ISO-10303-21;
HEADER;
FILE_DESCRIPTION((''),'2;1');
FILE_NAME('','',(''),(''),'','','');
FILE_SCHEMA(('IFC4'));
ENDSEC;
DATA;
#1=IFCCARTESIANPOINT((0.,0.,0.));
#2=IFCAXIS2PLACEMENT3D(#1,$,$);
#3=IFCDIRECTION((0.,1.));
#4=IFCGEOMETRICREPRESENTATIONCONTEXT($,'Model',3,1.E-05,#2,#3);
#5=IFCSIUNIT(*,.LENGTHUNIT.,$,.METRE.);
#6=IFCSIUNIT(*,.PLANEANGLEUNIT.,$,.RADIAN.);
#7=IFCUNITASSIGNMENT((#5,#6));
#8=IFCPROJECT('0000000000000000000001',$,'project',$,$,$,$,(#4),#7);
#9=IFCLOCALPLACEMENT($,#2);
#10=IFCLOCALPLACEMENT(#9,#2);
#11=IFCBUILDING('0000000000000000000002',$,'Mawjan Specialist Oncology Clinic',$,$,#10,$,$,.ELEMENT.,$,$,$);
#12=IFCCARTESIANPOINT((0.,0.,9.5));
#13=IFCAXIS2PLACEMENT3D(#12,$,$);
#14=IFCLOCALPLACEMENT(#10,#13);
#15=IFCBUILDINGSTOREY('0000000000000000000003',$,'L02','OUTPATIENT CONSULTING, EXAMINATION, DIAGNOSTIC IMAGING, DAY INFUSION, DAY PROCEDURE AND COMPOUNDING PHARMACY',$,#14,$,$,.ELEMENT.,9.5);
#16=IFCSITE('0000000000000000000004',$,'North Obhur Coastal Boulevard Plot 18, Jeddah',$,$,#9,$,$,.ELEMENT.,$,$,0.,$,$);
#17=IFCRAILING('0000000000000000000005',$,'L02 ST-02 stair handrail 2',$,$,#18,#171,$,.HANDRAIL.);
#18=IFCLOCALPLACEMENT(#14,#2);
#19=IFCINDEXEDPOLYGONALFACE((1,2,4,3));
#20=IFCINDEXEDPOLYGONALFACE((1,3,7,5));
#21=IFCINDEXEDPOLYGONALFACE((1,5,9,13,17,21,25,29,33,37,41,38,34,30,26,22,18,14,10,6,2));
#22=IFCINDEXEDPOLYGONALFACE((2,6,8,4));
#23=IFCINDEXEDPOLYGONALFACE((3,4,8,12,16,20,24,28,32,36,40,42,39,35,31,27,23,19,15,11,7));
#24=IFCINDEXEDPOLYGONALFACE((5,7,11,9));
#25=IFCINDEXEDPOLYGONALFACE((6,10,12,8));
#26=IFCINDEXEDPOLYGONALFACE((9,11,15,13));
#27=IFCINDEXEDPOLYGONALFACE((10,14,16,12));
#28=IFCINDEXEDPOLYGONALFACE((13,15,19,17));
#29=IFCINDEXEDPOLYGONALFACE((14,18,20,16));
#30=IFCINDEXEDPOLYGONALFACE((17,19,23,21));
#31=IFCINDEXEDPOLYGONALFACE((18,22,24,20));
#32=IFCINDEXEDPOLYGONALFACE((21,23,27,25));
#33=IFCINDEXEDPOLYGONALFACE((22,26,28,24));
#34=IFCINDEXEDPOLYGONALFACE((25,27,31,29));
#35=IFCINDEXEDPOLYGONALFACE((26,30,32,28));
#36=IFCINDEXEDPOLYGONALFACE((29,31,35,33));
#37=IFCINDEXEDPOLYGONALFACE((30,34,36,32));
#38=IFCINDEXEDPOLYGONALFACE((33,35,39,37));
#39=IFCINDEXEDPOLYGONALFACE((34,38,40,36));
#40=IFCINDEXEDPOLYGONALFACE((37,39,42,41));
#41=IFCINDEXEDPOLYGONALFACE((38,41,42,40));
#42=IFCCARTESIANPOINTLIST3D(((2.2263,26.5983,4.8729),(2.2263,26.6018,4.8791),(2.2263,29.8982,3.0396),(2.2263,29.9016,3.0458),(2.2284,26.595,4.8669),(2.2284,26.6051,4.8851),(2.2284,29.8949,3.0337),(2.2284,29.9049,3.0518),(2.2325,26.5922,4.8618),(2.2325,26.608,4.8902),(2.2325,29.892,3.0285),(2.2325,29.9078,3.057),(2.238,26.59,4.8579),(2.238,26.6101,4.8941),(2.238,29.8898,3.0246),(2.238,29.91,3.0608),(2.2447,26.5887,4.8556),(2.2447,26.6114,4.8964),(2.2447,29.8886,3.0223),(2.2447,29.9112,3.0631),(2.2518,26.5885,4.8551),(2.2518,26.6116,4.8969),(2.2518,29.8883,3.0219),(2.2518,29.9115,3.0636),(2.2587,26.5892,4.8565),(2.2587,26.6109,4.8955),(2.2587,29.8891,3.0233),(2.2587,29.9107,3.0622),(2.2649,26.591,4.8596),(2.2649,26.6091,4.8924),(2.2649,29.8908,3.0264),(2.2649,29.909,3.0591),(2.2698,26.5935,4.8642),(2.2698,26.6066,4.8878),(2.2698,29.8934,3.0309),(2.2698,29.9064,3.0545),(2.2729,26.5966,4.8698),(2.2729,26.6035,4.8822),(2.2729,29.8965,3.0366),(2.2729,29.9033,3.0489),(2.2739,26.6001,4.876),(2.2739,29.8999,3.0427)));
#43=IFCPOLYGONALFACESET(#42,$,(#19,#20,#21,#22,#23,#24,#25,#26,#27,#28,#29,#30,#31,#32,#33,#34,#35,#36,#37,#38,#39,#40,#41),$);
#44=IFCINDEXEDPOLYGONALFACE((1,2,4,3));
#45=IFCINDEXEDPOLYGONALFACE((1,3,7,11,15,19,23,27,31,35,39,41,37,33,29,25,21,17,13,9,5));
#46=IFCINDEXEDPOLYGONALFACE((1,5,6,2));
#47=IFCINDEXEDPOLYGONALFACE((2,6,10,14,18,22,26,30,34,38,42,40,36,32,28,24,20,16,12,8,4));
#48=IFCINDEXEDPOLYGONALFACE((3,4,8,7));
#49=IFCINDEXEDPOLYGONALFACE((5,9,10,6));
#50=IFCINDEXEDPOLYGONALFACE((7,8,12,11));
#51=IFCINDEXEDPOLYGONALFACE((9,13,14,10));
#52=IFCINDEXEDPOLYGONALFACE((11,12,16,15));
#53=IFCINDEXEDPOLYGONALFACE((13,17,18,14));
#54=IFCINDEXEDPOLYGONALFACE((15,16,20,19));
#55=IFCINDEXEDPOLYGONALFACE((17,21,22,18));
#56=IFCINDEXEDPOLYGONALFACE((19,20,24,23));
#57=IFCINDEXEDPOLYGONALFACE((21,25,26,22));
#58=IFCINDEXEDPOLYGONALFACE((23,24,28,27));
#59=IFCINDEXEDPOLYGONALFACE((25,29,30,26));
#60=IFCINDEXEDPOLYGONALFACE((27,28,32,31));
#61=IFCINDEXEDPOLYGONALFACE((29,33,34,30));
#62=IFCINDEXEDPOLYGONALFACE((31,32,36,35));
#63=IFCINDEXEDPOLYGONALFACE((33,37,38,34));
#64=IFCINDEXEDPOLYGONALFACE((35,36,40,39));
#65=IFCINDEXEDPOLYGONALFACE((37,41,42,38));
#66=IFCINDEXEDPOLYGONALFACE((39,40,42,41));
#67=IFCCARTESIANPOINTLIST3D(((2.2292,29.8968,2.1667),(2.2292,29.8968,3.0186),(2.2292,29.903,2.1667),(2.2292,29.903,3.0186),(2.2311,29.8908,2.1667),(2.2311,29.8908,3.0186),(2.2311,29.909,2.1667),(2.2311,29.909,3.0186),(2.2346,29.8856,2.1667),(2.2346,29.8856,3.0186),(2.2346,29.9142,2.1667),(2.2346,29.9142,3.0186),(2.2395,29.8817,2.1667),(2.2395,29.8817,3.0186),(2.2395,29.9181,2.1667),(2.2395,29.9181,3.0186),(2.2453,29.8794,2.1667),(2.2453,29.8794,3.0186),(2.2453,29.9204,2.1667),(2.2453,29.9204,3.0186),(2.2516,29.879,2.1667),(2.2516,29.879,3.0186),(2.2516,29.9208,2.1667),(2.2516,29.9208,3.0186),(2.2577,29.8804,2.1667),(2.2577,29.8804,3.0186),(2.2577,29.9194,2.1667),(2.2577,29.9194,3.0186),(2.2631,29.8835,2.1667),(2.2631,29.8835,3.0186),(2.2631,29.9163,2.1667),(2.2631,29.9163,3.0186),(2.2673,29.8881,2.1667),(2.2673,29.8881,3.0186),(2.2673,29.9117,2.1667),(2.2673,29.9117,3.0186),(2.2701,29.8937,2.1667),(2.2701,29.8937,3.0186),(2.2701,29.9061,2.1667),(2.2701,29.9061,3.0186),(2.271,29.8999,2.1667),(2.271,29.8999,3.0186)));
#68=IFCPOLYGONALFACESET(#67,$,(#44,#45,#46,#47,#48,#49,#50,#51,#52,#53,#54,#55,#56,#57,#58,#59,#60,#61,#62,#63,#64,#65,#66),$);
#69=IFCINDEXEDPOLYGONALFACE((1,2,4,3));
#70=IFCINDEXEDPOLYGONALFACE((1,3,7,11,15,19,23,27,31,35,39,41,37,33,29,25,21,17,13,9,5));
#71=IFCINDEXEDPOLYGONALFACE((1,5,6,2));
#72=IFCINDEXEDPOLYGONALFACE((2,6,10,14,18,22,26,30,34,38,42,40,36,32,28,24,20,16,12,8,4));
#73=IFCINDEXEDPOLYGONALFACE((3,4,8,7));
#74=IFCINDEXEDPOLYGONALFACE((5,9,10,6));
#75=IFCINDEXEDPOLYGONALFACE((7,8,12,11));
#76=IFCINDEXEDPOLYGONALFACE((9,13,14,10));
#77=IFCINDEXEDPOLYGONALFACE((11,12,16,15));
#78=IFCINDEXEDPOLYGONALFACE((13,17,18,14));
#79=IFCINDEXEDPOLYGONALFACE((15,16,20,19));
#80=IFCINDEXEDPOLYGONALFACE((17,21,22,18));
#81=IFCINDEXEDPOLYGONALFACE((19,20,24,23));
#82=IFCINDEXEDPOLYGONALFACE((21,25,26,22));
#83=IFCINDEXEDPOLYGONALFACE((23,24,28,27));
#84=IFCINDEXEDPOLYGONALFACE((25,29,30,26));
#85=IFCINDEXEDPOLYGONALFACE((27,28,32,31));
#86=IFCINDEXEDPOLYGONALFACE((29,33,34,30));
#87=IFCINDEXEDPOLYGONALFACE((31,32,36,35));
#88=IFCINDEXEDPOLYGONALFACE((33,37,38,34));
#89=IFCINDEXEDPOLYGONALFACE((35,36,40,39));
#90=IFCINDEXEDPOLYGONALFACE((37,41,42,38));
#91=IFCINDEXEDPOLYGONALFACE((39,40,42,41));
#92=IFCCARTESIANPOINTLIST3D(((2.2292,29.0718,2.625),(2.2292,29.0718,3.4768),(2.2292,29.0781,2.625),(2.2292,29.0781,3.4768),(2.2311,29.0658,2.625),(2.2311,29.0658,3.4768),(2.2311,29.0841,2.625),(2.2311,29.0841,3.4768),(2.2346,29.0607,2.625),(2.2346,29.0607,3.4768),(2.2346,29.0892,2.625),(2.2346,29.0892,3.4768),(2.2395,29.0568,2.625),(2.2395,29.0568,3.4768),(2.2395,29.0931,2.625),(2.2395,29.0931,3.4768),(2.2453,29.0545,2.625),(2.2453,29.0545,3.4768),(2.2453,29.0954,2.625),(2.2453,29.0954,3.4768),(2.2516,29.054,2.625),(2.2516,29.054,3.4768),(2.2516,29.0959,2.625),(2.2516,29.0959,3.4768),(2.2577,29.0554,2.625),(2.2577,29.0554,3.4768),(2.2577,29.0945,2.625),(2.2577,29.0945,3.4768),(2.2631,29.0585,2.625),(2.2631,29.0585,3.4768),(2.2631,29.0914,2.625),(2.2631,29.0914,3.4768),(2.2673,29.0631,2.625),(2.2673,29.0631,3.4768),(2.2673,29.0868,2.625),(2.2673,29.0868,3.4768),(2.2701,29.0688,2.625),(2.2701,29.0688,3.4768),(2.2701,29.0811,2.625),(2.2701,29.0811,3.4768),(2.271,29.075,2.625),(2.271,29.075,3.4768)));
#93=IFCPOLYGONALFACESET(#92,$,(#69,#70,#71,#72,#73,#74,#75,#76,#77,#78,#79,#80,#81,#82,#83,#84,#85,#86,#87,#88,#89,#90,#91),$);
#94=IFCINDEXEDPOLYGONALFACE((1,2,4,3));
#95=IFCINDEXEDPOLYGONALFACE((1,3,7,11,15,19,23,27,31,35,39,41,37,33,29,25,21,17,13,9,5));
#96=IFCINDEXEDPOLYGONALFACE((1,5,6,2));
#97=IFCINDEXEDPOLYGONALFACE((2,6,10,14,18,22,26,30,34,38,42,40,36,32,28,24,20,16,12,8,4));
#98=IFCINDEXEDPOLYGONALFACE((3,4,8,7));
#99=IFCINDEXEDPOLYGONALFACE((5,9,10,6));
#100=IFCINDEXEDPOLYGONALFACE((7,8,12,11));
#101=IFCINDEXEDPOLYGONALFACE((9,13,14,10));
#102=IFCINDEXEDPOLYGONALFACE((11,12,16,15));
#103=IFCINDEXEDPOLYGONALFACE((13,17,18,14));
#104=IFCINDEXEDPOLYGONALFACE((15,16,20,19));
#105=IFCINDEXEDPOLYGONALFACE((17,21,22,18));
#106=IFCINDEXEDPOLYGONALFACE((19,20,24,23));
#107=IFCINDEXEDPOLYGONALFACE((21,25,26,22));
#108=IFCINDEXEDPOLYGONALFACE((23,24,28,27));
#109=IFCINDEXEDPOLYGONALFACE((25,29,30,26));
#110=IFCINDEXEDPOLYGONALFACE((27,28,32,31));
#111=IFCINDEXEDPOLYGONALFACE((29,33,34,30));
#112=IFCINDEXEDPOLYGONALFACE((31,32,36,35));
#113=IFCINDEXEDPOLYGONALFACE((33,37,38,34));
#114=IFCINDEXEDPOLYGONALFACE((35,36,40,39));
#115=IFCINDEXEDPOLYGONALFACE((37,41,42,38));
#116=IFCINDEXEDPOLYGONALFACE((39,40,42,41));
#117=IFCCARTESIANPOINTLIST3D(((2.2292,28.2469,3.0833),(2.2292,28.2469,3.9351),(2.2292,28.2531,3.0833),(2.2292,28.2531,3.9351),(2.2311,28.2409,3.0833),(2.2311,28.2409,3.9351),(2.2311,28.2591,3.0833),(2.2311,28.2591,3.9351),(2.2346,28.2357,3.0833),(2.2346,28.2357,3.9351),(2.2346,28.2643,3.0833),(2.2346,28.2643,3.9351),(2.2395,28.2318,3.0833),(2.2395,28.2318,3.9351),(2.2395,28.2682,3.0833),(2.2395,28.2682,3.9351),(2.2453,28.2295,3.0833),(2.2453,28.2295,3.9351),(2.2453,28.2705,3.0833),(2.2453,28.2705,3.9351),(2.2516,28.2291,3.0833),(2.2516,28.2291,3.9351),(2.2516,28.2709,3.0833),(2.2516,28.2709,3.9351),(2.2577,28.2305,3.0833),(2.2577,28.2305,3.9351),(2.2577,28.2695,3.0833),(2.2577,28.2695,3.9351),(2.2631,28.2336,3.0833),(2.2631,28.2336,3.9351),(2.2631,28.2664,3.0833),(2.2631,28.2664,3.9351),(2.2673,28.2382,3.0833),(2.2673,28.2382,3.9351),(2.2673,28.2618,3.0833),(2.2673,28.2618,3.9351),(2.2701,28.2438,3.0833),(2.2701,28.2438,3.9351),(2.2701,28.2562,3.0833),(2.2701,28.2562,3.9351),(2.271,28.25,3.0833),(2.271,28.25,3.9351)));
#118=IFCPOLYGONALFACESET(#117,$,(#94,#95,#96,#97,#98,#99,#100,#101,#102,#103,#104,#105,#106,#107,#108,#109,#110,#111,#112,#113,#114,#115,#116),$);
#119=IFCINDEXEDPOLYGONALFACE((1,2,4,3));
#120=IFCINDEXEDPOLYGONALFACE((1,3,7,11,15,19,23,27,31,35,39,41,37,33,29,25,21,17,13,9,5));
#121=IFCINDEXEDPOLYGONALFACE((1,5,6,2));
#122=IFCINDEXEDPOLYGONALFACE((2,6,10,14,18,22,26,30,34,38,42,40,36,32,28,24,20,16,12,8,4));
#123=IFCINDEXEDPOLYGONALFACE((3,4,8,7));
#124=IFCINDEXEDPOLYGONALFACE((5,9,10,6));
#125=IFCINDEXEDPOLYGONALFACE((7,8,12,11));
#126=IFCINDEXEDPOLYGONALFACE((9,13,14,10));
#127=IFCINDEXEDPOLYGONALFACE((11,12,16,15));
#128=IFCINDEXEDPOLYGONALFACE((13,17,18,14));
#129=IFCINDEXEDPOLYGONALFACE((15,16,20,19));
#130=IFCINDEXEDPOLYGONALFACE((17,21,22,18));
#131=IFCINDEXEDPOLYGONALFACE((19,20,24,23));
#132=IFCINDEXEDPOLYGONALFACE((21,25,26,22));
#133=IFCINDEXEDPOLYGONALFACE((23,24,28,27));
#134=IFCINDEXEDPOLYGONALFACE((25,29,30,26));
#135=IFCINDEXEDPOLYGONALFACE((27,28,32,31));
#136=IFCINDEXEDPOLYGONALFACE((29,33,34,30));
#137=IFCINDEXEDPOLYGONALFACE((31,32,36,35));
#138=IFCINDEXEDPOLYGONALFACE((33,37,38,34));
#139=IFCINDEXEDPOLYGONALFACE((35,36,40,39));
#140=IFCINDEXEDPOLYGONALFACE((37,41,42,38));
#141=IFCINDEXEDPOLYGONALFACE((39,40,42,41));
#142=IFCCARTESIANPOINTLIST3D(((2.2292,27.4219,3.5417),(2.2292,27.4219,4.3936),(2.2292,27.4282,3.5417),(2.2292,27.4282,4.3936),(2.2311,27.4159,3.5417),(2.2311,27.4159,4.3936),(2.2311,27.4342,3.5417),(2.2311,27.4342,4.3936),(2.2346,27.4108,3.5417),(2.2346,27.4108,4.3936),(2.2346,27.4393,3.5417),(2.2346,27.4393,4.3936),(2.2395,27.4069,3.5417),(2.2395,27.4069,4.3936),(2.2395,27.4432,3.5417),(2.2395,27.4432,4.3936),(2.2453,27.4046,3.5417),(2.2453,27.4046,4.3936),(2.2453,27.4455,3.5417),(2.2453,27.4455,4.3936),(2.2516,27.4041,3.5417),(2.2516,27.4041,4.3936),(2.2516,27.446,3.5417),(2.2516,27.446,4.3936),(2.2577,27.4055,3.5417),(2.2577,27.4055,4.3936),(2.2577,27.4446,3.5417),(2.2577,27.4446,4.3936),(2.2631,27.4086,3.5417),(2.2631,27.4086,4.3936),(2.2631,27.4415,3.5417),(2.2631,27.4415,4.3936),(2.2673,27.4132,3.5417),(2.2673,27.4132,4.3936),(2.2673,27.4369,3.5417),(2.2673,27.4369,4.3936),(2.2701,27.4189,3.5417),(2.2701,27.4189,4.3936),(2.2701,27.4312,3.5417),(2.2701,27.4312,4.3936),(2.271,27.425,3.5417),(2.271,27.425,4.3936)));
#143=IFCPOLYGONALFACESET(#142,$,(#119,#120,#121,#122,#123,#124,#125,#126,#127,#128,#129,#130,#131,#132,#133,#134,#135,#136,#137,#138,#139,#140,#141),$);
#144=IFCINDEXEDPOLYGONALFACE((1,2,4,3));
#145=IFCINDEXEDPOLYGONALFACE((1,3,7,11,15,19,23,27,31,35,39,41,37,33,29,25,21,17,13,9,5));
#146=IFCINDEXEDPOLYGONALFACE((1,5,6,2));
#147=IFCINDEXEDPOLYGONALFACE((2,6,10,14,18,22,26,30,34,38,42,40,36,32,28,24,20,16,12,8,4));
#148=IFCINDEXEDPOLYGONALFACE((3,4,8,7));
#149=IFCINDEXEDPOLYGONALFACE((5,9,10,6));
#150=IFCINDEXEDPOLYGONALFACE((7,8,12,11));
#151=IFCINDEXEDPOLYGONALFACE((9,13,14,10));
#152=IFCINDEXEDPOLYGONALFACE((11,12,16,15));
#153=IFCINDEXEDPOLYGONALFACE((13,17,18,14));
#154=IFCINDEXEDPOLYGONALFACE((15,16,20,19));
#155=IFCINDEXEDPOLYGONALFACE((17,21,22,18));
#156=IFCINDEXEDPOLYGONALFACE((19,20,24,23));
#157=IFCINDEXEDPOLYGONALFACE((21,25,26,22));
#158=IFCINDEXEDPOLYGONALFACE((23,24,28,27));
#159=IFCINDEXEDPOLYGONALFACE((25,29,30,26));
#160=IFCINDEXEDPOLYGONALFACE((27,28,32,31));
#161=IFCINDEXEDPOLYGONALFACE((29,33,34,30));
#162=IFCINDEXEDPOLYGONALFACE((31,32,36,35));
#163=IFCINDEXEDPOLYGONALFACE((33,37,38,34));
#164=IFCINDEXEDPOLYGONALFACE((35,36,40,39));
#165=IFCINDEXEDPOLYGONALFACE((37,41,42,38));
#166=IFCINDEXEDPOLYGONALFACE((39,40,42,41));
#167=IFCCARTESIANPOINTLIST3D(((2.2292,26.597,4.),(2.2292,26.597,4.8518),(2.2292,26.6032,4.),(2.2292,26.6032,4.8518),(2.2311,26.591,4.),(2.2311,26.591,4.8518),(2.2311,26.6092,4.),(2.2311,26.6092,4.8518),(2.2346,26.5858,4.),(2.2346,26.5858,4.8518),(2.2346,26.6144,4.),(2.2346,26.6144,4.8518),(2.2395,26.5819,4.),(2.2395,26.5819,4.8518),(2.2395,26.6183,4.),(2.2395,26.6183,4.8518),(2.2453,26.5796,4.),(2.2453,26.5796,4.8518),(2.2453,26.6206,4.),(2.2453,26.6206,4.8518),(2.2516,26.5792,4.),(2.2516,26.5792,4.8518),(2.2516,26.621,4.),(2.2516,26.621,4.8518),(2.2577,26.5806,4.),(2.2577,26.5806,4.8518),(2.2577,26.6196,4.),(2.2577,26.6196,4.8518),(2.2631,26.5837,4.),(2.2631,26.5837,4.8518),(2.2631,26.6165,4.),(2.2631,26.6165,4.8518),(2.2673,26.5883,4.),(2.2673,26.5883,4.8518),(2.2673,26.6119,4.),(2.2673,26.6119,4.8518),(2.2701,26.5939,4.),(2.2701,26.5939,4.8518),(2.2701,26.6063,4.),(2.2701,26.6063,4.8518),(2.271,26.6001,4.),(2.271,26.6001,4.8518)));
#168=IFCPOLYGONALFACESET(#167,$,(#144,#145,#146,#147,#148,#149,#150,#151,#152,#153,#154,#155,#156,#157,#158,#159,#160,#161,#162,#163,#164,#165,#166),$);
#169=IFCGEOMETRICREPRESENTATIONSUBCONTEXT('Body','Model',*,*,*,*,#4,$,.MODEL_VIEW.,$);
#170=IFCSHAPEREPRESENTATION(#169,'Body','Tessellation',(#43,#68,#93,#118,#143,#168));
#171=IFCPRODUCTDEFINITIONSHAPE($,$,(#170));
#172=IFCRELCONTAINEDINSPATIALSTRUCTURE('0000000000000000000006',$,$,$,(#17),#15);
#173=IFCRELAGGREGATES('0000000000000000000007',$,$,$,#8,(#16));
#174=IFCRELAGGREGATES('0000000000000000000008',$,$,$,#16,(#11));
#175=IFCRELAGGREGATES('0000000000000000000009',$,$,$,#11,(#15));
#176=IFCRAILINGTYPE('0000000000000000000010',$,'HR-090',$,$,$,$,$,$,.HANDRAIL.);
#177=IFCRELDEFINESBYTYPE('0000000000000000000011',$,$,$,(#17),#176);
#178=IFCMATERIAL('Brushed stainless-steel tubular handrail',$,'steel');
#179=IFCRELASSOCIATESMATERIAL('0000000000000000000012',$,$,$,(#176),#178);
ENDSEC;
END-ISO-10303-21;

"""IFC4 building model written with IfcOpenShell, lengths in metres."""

from ifc_helpers import new_model, si_unit, direction, frame, origin, origin_2d, place, context, subcontext, project, spatial, circle, extrude, material, type_object, element, save


model = new_model("IFC4")

# Units and contexts
model_context = context("Model", 3, precision=1e-05, world=origin(), true_north=direction((0.0, 1.0)))
body_context = subcontext(model_context, "Body", "Model", "MODEL_VIEW")
ifc_project = project(units=[si_unit("LENGTHUNIT", "METRE"), si_unit("PLANEANGLEUNIT", "RADIAN")], contexts=[model_context])

# Site, building, storey
site_placement = place(None, origin())
site = spatial("IfcSite", under=ifc_project, at=site_placement, Name="North Obhur Coastal Boulevard Plot 18, Jeddah", CompositionType="ELEMENT", RefElevation=0.0)
building_placement = place(site_placement, origin())
building = spatial("IfcBuilding", under=site, at=building_placement, Name="Mawjan Specialist Oncology Clinic", CompositionType="ELEMENT")
storey_placement = place(building_placement, frame((0.0, 0.0, 9.5)))
storey = spatial("IfcBuildingStorey", under=building, at=storey_placement, Name="L02", Description="OUTPATIENT CONSULTING, EXAMINATION, DIAGNOSTIC IMAGING, DAY INFUSION, DAY PROCEDURE AND COMPOUNDING PHARMACY", CompositionType="ELEMENT", Elevation=9.5)

# Railing
ifc_material_1 = material(Name="Brushed stainless-steel tubular handrail", Category="steel")
railing_type_1 = type_object("IfcRailingType", Name="HR-090", PredefinedType="HANDRAIL", material=ifc_material_1)
railing_1_placement = place(storey_placement, frame((2.25, 29.8999, 2.1667)))
element("IfcRailing", 1, at=railing_1_placement, inside=storey, type_object=railing_type_1, Name="L02 ST-02 stair handrail 2", PredefinedType="HANDRAIL", context=body_context, shape_type="SweptSolid", body=[
    extrude(circle(Radius=0.0239, at=origin_2d()), frame((0.0, 0.0, 0.876), z_axis=(0.0, -0.874154, 0.485648), x_axis=(1.0, 0.0, 0.0)), (0.0, 0.0, 1.0), 3.7749),
    extrude(circle(Radius=0.021, at=origin_2d()), origin(), (0.0, 0.0, 1.0), 0.8518),
    extrude(circle(Radius=0.021, at=origin_2d()), frame((0.0, -0.825, 0.4583)), (0.0, 0.0, 1.0), 0.8518),
    extrude(circle(Radius=0.021, at=origin_2d()), frame((0.0, -1.6499, 0.9165)), (0.0, 0.0, 1.0), 0.8518),
    extrude(circle(Radius=0.021, at=origin_2d()), frame((0.0, -2.4749, 1.375)), (0.0, 0.0, 1.0), 0.8518),
    extrude(circle(Radius=0.021, at=origin_2d()), frame((0.0, -3.2998, 1.8333)), (0.0, 0.0, 1.0), 0.8518),
])

save(model, "model.ifc")
